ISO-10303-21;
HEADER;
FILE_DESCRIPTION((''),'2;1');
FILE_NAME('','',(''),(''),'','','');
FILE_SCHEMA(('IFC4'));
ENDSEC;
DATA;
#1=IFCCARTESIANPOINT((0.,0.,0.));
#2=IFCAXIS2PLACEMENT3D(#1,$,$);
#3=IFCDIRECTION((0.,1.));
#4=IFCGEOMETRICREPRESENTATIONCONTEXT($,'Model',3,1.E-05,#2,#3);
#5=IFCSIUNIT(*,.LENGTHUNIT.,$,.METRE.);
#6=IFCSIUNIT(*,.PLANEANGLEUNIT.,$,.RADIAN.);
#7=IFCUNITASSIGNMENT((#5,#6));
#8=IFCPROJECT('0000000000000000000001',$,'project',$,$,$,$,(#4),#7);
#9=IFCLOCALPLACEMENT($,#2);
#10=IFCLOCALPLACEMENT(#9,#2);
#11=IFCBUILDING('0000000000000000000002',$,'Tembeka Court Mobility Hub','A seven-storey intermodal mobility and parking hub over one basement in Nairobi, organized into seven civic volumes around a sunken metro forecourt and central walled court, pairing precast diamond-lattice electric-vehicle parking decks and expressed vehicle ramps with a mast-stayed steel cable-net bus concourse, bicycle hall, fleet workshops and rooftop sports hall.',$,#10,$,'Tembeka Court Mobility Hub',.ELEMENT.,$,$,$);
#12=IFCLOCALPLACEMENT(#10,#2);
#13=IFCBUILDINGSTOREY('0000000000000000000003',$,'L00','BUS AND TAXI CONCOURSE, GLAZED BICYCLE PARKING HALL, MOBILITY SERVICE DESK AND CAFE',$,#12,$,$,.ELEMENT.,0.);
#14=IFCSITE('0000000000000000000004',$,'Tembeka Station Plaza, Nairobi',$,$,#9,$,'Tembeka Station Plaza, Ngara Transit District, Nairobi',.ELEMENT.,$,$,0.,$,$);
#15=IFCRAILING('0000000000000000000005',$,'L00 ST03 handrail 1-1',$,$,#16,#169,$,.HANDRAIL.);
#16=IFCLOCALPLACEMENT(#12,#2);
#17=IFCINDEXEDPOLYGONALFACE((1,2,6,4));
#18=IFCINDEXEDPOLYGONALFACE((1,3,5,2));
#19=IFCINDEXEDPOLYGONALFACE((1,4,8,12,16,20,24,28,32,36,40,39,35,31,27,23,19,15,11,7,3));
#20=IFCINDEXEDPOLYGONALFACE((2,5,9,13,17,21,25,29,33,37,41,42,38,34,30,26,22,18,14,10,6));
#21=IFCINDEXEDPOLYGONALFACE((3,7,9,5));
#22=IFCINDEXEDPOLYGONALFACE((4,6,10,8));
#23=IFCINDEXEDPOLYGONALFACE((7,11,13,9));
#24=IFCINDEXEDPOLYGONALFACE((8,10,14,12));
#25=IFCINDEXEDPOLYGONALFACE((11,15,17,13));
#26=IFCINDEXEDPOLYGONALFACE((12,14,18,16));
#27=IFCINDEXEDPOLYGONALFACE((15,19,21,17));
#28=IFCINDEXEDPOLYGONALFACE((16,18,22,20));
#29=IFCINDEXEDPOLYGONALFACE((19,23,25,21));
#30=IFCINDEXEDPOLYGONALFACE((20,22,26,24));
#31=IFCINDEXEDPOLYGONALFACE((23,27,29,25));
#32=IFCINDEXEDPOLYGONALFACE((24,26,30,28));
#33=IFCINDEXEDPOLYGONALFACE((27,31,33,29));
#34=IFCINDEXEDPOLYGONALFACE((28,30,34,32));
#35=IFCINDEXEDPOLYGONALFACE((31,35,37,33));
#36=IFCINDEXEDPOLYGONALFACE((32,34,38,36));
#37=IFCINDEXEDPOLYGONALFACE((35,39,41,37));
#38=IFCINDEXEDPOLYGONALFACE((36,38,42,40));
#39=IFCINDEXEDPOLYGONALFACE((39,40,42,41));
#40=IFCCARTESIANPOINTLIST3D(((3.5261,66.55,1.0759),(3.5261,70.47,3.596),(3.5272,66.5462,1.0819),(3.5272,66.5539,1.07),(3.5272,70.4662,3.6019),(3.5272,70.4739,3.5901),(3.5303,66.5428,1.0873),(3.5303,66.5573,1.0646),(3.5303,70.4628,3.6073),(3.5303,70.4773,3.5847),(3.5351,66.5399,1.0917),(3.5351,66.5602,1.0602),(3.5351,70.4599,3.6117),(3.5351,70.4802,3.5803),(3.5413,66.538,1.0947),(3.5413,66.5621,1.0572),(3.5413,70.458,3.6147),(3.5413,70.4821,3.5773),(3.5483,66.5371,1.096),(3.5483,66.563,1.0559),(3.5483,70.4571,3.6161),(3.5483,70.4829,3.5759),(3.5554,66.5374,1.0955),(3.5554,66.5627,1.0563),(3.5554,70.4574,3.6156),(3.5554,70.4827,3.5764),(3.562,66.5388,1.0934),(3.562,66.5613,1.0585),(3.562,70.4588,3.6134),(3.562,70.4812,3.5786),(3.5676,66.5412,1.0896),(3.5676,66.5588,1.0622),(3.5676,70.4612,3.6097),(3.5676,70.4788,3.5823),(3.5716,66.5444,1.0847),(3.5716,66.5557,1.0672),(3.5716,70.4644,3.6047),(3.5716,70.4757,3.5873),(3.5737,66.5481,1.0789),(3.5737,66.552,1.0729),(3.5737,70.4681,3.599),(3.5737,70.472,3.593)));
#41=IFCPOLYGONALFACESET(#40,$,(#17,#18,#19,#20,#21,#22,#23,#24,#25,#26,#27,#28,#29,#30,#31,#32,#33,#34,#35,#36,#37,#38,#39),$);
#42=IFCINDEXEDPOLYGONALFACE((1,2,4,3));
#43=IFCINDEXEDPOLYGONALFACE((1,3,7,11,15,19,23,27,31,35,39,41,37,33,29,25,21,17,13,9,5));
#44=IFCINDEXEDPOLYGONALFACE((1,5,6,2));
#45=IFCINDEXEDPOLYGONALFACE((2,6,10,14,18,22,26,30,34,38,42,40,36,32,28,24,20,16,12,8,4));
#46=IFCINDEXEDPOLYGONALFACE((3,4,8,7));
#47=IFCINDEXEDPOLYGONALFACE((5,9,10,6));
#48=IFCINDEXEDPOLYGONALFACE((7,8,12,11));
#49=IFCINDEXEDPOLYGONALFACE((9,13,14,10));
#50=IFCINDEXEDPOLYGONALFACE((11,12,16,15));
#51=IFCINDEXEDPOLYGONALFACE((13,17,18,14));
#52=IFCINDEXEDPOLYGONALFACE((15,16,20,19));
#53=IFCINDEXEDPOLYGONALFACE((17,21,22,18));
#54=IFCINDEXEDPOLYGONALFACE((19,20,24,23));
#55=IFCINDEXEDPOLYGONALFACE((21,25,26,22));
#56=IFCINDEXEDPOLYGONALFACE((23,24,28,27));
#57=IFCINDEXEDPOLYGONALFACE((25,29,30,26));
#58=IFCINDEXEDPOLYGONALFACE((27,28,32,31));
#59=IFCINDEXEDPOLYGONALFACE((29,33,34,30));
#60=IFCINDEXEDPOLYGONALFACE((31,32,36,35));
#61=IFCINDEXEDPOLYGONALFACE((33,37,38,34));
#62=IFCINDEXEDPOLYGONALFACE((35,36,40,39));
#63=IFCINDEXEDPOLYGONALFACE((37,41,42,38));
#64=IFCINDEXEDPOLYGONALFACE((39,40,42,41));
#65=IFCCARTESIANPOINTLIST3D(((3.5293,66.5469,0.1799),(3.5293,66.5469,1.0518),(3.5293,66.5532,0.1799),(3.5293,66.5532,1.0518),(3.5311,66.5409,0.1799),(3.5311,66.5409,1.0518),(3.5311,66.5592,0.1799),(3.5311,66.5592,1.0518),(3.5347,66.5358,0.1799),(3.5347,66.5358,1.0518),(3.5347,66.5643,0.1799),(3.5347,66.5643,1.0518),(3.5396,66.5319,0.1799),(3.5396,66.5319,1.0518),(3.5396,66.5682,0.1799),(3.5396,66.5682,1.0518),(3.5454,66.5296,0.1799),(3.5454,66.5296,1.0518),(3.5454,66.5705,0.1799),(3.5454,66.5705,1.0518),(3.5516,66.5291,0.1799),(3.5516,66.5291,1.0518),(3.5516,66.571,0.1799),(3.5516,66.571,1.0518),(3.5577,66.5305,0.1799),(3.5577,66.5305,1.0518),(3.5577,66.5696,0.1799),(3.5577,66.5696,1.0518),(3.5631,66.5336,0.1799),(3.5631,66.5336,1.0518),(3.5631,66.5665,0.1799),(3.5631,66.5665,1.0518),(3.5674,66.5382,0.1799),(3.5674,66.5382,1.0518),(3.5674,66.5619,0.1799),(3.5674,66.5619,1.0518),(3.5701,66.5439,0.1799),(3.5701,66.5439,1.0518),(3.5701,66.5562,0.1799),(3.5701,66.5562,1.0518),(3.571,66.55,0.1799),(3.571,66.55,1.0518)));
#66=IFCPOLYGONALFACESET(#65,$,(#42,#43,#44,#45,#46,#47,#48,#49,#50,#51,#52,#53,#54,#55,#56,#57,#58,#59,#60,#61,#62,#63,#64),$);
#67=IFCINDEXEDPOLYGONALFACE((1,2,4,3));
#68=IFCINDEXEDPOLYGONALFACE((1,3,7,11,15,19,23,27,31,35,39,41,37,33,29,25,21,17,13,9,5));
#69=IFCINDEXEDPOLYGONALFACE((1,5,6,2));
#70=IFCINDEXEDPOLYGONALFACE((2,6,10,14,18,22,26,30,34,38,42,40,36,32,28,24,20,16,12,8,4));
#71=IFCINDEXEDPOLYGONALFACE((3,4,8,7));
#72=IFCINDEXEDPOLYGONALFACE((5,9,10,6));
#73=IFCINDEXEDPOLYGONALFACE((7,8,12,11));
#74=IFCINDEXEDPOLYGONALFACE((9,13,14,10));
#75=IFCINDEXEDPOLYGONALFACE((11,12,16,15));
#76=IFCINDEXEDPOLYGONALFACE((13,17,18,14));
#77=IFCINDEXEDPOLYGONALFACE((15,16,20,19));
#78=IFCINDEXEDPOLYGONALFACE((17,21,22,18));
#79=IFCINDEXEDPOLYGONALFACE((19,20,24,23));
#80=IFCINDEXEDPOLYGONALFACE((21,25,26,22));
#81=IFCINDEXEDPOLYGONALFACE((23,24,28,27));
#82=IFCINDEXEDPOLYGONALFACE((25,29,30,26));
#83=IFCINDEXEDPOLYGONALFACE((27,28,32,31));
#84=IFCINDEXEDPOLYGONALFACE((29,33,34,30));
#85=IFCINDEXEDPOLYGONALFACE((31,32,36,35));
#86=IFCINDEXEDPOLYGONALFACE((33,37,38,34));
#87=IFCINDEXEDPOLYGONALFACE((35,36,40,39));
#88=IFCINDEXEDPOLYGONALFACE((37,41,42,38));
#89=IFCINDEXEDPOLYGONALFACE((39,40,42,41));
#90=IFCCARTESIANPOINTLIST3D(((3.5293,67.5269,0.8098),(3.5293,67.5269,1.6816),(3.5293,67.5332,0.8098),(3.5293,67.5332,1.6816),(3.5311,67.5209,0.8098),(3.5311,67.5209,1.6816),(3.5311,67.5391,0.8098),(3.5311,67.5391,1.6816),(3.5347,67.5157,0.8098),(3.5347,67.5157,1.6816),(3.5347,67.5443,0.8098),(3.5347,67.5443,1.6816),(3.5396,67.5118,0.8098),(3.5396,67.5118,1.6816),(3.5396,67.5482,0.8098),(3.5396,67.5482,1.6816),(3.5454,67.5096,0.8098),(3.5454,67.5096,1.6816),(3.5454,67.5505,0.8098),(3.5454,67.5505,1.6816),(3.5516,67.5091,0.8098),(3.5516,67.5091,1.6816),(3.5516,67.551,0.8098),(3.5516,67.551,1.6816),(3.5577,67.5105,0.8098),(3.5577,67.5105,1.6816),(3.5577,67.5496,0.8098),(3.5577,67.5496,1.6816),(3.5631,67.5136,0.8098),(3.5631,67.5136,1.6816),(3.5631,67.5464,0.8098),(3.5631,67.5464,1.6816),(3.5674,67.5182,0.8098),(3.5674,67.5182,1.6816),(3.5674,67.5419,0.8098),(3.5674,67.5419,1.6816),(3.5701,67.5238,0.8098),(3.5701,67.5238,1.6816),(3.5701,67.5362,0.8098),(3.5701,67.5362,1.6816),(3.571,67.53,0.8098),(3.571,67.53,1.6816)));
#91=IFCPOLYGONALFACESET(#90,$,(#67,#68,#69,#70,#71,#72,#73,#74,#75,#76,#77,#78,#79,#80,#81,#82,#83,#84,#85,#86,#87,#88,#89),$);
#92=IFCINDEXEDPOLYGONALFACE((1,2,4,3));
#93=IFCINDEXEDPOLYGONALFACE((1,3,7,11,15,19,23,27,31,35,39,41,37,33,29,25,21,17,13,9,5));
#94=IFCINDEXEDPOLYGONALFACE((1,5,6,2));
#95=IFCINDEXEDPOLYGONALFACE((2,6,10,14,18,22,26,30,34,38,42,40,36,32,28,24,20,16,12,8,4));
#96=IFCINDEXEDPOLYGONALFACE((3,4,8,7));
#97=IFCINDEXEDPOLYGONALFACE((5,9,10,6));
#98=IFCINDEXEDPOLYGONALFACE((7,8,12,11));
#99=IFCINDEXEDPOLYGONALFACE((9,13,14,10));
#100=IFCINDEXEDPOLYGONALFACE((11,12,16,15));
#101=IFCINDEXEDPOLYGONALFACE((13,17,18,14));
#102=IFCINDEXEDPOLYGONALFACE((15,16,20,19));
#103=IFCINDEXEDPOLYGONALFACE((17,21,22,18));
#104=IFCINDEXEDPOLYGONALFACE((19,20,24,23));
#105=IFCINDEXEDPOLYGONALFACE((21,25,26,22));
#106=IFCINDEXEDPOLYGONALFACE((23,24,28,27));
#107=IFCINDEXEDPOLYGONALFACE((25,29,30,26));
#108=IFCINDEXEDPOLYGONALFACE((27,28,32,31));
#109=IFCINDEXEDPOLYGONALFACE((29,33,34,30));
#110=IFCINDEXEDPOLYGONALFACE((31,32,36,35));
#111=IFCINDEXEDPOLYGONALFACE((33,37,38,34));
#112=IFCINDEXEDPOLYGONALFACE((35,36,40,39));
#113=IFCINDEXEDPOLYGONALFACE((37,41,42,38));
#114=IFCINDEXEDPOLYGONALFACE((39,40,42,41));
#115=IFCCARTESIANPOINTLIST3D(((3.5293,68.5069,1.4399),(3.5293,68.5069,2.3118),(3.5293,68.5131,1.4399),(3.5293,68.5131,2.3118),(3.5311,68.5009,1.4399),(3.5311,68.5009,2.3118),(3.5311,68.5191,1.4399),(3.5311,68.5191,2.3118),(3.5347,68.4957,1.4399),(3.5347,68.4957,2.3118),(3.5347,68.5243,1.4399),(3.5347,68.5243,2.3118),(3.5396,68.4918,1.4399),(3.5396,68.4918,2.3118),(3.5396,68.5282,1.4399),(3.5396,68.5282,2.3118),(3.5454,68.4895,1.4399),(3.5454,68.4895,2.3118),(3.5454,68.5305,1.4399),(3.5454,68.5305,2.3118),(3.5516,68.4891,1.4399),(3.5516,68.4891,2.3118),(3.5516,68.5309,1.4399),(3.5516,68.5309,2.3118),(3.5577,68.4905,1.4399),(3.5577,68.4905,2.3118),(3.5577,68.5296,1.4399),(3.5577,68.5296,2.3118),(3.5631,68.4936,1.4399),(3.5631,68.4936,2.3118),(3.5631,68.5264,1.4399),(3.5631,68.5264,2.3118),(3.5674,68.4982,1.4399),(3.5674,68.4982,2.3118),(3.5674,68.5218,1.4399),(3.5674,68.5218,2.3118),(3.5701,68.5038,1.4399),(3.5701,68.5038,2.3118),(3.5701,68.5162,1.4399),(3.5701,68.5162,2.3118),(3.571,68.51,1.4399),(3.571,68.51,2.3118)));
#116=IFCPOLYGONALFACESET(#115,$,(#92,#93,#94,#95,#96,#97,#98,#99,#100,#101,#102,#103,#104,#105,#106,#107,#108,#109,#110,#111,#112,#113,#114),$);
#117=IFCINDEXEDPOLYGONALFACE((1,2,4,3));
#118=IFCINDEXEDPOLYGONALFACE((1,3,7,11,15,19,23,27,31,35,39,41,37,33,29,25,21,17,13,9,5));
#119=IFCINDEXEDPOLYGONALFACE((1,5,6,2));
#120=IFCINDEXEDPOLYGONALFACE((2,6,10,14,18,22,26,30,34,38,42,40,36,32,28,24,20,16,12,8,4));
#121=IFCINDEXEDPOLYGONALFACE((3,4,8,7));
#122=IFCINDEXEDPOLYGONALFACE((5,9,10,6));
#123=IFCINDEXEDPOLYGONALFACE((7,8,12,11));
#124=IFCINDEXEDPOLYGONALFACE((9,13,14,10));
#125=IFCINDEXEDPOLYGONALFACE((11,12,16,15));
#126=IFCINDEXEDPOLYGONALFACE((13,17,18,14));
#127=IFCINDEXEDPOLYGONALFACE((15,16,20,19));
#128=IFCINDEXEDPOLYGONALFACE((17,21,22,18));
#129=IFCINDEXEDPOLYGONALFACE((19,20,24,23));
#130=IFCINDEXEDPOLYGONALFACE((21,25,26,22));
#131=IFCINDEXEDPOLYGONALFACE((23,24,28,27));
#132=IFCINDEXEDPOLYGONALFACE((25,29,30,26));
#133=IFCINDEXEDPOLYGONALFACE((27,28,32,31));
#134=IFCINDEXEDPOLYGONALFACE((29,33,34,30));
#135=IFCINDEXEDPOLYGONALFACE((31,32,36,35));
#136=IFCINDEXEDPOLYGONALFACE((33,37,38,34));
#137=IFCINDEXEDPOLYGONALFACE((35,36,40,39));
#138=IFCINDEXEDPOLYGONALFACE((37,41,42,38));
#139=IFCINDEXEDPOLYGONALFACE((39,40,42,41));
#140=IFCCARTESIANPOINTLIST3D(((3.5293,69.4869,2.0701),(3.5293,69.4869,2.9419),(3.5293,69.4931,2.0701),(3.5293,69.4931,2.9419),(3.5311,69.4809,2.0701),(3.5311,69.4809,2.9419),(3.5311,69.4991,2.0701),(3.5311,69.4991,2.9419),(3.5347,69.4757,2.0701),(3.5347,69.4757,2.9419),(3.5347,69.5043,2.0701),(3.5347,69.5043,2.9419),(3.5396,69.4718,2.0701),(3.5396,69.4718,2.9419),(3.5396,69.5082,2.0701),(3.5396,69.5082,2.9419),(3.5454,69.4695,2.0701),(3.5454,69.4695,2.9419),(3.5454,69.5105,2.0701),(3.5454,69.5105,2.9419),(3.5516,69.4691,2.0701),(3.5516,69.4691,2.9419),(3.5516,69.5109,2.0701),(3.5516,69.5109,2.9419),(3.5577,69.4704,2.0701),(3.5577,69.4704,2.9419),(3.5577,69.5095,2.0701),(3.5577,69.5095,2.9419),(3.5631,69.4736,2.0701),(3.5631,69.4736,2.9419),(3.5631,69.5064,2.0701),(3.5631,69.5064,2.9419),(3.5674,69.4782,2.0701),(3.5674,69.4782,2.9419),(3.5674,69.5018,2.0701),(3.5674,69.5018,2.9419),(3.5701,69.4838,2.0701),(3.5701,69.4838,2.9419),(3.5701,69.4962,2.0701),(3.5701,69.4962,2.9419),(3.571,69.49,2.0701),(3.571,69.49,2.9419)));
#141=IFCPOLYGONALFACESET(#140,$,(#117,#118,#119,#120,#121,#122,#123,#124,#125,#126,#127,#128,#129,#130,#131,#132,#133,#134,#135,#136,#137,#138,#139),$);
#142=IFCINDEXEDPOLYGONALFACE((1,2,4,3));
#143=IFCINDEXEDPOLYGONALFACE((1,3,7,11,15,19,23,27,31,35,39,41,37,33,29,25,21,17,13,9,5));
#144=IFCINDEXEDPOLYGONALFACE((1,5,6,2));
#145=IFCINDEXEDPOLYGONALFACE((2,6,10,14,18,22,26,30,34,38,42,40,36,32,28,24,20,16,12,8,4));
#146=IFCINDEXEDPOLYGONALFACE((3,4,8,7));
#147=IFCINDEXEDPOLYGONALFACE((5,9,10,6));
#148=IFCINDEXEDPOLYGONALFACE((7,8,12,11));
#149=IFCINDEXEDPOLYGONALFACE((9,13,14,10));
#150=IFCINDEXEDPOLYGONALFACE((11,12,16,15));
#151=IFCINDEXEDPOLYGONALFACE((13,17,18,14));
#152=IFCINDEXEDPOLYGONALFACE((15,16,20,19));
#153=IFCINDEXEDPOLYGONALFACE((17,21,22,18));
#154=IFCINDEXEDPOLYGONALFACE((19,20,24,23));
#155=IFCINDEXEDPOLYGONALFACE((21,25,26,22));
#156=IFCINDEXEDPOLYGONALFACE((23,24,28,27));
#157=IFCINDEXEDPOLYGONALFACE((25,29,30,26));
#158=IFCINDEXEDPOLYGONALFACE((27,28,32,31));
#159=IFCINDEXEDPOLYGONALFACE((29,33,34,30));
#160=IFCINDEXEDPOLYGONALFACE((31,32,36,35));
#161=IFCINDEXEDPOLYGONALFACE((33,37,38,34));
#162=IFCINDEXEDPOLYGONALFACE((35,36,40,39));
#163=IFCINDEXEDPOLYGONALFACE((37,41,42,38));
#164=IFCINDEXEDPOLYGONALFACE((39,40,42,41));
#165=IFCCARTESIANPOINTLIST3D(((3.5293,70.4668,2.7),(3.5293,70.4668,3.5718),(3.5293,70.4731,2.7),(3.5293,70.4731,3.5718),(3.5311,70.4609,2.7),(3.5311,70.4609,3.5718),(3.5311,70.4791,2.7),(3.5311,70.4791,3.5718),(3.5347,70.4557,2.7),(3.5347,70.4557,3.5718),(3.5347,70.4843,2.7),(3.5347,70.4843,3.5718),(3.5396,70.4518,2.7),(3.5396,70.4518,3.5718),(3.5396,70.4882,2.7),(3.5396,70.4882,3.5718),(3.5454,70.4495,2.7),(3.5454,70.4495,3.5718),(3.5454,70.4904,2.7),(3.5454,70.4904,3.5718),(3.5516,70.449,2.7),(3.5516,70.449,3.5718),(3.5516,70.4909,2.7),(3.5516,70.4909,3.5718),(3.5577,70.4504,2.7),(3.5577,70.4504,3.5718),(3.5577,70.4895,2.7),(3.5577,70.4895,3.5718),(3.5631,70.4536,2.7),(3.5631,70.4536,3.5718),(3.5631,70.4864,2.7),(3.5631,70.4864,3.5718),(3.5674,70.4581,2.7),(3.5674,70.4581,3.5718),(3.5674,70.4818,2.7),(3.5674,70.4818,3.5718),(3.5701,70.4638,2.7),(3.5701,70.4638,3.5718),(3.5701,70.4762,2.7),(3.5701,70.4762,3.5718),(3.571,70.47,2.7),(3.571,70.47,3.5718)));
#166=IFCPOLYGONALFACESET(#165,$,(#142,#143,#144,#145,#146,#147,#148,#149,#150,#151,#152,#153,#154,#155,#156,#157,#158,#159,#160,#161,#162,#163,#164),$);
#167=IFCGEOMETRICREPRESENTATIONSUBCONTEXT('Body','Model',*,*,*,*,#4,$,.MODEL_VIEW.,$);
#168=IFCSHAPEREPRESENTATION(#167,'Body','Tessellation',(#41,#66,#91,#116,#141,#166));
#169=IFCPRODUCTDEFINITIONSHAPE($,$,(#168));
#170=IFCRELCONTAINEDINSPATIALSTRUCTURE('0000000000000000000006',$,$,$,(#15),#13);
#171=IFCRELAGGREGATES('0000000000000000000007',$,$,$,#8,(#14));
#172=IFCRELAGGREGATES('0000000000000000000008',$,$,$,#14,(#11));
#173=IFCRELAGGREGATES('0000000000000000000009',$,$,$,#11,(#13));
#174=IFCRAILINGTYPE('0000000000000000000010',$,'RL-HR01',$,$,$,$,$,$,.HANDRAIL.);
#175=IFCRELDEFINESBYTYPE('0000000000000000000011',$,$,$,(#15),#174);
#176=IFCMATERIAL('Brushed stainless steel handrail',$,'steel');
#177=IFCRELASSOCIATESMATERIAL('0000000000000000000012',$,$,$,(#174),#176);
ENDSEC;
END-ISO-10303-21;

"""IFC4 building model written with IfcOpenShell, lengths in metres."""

from ifc_helpers import new_model, si_unit, direction, frame, origin, origin_2d, place, context, subcontext, project, spatial, circle, extrude, material, type_object, element, save


model = new_model("IFC4")

# Units and contexts
model_context = context("Model", 3, precision=1e-05, world=origin(), true_north=direction((0.0, 1.0)))
body_context = subcontext(model_context, "Body", "Model", "MODEL_VIEW")
ifc_project = project(units=[si_unit("LENGTHUNIT", "METRE"), si_unit("PLANEANGLEUNIT", "RADIAN")], contexts=[model_context])

# Site, building, storey
site_placement = place(None, origin())
site = spatial("IfcSite", under=ifc_project, at=site_placement, Name="Tembeka Station Plaza, Nairobi", LongName="Tembeka Station Plaza, Ngara Transit District, Nairobi", CompositionType="ELEMENT", RefElevation=0.0)
building_placement = place(site_placement, origin())
building = spatial("IfcBuilding", under=site, at=building_placement, Name="Tembeka Court Mobility Hub", Description="A seven-storey intermodal mobility and parking hub over one basement in Nairobi, organized into seven civic volumes around a sunken metro forecourt and central walled court, pairing precast diamond-lattice electric-vehicle parking decks and expressed vehicle ramps with a mast-stayed steel cable-net bus concourse, bicycle hall, fleet workshops and rooftop sports hall.", LongName="Tembeka Court Mobility Hub", CompositionType="ELEMENT")
storey_placement = place(building_placement, origin())
storey = spatial("IfcBuildingStorey", under=building, at=storey_placement, Name="L00", Description="BUS AND TAXI CONCOURSE, GLAZED BICYCLE PARKING HALL, MOBILITY SERVICE DESK AND CAFE", CompositionType="ELEMENT", Elevation=0.0)

# Railing
ifc_material_1 = material(Name="Brushed stainless steel handrail", Category="steel")
railing_type_1 = type_object("IfcRailingType", Name="RL-HR01", PredefinedType="HANDRAIL", material=ifc_material_1)
railing_1_placement = place(storey_placement, frame((3.55, 66.55, 0.1799)))
element("IfcRailing", 1, at=railing_1_placement, inside=storey, type_object=railing_type_1, Name="L00 ST03 handrail 1-1", PredefinedType="HANDRAIL", context=body_context, shape_type="SweptSolid", body=[
    extrude(circle(Radius=0.0239, at=origin_2d()), frame((0.0, 0.0, 0.896), z_axis=(0.0, 0.841172, 0.540768), x_axis=(-1.0, 0.0, 0.0)), (0.0, 0.0, 1.0), 4.6602),
    extrude(circle(Radius=0.021, at=origin_2d()), origin(), (0.0, 0.0, 1.0), 0.8718),
    extrude(circle(Radius=0.021, at=origin_2d()), frame((0.0, 0.98, 0.6299)), (0.0, 0.0, 1.0), 0.8718),
    extrude(circle(Radius=0.021, at=origin_2d()), frame((0.0, 1.96, 1.26)), (0.0, 0.0, 1.0), 0.8718),
    extrude(circle(Radius=0.021, at=origin_2d()), frame((0.0, 2.9399, 1.8901)), (0.0, 0.0, 1.0), 0.8718),
    extrude(circle(Radius=0.021, at=origin_2d()), frame((0.0, 3.9199, 2.52)), (0.0, 0.0, 1.0), 0.8718),
])

save(model, "model.ifc")
